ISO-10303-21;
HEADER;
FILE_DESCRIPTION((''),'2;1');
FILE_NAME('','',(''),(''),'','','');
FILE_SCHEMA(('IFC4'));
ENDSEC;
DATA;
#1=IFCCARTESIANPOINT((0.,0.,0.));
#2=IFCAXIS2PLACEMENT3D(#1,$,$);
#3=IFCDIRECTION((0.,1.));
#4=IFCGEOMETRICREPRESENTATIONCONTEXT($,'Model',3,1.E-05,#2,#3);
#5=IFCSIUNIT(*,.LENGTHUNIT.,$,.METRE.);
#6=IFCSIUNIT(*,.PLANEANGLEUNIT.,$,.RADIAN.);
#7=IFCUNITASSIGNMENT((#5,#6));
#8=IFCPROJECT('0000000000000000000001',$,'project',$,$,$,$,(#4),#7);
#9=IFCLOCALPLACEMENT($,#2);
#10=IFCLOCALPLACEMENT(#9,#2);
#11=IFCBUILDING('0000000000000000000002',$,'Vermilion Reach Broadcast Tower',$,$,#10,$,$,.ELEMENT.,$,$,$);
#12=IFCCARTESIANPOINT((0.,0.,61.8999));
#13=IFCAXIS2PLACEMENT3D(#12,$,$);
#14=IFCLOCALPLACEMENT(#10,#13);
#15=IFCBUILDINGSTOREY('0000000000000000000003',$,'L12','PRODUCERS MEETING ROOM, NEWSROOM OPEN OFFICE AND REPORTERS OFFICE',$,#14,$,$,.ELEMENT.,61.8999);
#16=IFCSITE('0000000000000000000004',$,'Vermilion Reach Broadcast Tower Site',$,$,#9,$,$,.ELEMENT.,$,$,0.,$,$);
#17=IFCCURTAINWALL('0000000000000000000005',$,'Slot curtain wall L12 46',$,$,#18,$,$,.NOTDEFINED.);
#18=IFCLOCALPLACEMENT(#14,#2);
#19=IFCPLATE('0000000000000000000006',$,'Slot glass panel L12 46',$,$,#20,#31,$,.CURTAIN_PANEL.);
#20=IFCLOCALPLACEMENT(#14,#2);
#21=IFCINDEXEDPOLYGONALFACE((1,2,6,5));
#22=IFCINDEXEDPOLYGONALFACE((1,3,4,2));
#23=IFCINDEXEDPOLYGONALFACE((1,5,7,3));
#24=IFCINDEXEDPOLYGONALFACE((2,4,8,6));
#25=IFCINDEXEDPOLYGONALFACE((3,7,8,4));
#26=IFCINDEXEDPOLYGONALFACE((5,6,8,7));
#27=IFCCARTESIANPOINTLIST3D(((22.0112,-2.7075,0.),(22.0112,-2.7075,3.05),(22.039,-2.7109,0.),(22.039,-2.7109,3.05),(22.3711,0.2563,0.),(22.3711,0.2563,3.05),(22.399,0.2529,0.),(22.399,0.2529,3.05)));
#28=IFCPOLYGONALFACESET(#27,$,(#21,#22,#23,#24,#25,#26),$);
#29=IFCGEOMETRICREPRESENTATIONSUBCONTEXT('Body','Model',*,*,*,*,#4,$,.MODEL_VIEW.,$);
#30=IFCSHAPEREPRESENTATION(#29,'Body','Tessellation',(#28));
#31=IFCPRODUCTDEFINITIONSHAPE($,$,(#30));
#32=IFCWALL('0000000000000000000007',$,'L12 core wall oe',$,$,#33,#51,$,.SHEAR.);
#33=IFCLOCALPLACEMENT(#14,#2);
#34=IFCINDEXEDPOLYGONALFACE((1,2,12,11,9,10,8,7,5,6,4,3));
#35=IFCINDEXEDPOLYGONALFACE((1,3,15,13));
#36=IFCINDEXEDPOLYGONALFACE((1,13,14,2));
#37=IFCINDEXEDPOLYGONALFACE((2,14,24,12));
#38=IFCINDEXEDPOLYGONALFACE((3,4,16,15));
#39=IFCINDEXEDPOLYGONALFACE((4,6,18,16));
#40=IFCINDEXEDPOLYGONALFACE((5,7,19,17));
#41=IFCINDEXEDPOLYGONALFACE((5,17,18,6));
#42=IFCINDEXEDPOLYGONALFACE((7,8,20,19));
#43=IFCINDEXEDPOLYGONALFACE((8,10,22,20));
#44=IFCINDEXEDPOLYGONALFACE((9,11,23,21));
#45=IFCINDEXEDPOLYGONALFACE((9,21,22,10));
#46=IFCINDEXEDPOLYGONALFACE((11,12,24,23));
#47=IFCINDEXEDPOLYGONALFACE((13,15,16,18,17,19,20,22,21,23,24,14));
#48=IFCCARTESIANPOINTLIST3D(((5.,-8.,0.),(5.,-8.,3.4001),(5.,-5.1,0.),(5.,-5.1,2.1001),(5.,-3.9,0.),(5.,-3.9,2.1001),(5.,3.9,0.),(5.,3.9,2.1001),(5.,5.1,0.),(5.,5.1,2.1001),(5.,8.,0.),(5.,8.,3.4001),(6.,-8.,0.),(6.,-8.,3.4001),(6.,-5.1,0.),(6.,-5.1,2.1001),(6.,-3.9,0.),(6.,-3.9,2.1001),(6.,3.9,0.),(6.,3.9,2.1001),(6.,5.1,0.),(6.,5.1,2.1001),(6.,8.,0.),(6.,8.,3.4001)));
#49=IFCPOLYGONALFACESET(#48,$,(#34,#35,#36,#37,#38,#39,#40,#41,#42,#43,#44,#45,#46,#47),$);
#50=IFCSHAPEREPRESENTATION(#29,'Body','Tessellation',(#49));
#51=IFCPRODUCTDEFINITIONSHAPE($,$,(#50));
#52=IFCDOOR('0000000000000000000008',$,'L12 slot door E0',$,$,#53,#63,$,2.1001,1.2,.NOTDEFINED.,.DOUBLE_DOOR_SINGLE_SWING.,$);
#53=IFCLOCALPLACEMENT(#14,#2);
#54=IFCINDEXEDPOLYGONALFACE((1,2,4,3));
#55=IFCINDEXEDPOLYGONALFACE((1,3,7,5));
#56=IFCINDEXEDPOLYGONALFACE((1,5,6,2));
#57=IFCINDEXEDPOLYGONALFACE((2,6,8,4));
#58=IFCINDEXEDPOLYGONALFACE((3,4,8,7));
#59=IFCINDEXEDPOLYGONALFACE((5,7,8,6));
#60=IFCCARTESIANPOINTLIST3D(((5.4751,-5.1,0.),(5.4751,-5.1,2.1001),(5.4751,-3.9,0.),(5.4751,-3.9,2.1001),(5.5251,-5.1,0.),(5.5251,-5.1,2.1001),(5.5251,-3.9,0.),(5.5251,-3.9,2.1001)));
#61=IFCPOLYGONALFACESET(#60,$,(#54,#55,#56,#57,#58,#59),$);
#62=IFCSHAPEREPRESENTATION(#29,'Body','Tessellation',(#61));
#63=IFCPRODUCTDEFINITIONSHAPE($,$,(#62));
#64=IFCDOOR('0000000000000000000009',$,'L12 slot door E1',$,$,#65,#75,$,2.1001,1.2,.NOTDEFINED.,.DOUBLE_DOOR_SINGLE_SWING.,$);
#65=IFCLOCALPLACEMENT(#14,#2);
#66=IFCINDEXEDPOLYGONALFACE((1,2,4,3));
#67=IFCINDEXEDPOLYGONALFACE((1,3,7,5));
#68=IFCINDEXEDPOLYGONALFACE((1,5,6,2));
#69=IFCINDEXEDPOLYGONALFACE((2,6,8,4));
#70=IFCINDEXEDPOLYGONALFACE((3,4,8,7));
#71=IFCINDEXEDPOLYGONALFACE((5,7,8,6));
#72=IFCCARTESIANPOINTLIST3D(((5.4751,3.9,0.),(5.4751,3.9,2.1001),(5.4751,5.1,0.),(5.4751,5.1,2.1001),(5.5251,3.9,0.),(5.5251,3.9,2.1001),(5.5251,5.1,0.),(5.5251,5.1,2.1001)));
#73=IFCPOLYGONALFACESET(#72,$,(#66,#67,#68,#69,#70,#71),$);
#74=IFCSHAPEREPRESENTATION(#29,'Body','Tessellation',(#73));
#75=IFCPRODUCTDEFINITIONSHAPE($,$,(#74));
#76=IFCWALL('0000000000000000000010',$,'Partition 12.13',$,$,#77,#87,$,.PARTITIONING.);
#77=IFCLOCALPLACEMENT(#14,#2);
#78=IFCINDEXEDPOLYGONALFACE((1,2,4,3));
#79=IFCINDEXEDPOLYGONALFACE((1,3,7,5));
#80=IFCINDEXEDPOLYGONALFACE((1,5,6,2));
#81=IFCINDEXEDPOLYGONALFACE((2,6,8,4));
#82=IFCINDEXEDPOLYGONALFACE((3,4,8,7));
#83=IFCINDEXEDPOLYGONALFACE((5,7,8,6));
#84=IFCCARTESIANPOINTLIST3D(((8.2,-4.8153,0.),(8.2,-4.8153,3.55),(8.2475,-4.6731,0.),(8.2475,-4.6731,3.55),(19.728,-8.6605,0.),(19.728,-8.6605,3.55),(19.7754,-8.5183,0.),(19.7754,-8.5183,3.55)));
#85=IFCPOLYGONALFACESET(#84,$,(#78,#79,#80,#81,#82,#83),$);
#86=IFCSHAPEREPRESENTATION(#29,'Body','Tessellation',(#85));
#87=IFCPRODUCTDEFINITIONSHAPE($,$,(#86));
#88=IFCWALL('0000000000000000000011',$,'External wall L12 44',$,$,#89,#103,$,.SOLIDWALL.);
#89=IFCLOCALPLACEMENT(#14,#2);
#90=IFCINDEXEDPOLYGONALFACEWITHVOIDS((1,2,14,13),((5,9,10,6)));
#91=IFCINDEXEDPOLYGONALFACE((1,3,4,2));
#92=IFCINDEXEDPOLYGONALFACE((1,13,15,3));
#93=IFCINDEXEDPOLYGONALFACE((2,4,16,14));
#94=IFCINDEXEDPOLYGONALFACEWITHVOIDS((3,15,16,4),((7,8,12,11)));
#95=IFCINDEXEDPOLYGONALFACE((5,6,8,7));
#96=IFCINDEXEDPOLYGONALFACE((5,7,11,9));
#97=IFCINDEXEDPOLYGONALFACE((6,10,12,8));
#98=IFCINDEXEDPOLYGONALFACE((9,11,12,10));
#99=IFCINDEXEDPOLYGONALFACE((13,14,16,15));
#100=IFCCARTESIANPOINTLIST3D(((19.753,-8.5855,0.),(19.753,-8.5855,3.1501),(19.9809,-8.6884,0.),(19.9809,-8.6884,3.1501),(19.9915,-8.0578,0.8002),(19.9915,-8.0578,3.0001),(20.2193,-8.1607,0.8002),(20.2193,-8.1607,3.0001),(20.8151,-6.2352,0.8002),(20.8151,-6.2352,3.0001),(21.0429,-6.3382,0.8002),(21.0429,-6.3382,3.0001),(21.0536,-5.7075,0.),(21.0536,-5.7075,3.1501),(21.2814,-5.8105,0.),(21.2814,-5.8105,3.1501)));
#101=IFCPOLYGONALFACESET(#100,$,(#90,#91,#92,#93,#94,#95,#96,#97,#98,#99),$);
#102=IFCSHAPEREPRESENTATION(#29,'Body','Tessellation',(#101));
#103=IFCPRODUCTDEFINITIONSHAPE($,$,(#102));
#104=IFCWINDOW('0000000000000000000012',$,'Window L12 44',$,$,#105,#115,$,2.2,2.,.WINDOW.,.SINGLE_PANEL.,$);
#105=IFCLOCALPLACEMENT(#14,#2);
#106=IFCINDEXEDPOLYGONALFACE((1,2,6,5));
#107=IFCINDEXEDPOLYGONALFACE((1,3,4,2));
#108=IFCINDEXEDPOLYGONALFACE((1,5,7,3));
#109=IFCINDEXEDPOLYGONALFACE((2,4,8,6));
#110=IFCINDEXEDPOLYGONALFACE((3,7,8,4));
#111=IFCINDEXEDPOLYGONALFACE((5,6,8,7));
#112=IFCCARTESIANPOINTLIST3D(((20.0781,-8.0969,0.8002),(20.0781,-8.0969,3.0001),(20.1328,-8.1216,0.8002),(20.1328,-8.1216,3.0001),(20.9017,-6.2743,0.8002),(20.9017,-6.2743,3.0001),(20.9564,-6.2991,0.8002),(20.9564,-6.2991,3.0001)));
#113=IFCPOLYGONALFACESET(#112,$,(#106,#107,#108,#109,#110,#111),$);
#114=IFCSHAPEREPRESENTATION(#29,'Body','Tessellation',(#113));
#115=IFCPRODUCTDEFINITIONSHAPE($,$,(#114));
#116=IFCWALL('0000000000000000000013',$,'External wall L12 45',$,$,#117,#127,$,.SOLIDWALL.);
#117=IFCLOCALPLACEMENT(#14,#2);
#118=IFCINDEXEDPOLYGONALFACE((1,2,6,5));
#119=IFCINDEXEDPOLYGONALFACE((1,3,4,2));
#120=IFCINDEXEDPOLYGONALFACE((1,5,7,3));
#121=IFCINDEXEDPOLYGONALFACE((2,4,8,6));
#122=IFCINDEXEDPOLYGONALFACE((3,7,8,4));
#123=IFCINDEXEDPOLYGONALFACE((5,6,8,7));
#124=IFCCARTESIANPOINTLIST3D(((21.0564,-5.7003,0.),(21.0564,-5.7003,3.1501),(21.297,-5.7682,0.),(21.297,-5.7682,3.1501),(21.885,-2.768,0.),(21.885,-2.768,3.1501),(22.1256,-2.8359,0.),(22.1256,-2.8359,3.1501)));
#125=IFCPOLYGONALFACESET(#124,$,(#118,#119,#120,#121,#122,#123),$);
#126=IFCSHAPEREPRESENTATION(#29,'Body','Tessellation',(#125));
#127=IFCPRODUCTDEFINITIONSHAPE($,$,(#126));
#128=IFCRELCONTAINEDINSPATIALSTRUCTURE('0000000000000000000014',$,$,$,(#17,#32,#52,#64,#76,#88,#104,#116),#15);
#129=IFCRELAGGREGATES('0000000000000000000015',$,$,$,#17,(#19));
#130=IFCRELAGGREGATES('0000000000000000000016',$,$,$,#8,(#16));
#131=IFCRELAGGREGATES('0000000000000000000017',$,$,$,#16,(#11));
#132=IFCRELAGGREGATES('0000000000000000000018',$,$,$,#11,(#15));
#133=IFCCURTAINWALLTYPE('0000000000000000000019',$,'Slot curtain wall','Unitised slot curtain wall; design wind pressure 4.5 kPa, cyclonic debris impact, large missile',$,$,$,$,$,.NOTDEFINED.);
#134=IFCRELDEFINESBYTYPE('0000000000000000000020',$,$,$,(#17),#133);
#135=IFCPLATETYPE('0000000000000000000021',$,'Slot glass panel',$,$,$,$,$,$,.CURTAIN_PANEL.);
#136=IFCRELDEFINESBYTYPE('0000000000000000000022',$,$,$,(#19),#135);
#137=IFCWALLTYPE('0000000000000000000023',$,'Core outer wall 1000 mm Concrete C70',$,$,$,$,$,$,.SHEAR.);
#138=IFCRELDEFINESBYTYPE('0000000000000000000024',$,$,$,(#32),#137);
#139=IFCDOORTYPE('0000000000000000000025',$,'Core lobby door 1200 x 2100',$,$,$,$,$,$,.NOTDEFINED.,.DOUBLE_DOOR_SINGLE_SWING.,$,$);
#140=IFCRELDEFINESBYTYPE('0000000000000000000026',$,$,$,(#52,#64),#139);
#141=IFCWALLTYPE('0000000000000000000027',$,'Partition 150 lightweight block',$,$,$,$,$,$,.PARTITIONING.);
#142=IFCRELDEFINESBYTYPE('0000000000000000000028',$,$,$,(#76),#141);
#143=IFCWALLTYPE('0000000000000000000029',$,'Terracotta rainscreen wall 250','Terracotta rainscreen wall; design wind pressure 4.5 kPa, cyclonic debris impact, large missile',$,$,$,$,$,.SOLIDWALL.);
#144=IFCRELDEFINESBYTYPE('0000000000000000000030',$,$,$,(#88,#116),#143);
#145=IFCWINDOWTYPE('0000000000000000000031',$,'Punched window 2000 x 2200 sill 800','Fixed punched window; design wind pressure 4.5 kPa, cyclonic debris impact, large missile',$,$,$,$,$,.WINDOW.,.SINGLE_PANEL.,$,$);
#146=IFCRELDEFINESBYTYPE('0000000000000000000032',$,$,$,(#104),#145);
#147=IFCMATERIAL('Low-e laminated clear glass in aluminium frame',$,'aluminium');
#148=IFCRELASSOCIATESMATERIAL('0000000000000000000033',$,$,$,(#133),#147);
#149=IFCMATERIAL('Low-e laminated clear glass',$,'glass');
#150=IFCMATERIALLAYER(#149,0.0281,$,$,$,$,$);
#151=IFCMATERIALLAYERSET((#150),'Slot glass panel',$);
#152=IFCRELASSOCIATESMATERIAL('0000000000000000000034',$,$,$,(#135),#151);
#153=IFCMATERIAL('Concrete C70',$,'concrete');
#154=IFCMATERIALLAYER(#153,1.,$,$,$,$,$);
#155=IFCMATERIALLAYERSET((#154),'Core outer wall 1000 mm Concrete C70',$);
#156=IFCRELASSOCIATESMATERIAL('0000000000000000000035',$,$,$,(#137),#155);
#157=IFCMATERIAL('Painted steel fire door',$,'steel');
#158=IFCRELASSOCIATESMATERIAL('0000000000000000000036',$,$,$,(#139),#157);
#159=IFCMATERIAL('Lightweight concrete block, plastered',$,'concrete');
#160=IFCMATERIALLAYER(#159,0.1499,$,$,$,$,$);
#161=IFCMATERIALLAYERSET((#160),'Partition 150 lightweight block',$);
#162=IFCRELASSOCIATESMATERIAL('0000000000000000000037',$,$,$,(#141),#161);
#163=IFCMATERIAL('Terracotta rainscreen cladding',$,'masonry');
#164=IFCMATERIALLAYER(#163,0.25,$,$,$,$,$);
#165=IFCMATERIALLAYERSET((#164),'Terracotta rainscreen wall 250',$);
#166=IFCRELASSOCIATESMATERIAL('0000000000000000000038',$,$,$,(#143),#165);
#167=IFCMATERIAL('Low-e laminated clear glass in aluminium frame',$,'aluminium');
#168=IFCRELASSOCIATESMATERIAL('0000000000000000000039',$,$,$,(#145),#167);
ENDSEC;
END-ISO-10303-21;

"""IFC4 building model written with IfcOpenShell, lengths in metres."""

from ifc_helpers import new_model, si_unit, direction, frame, frame_2d, origin, origin_2d, place, context, subcontext, project, spatial, rectangle, extrude, material, layer, layer_set, type_object, element, fill, aggregate, save


model = new_model("IFC4")

# Units and contexts
model_context = context("Model", 3, precision=1e-05, world=origin(), true_north=direction((0.0, 1.0)))
body_context = subcontext(model_context, "Body", "Model", "MODEL_VIEW")
ifc_project = project(units=[si_unit("LENGTHUNIT", "METRE"), si_unit("PLANEANGLEUNIT", "RADIAN")], contexts=[model_context])

# Site, building, storey
site_placement = place(None, origin())
site = spatial("IfcSite", under=ifc_project, at=site_placement, Name="Vermilion Reach Broadcast Tower Site", CompositionType="ELEMENT", RefElevation=0.0)
building_placement = place(site_placement, origin())
building = spatial("IfcBuilding", under=site, at=building_placement, Name="Vermilion Reach Broadcast Tower", CompositionType="ELEMENT")
storey_placement = place(building_placement, frame((0.0, 0.0, 61.8999)))
storey = spatial("IfcBuildingStorey", under=building, at=storey_placement, Name="L12", Description="PRODUCERS MEETING ROOM, NEWSROOM OPEN OFFICE AND REPORTERS OFFICE", CompositionType="ELEMENT", Elevation=61.8999)

# Curtain wall, plate
ifc_material_1 = material(Name="Low-e laminated clear glass in aluminium frame", Category="aluminium")
curtain_wall_type = type_object("IfcCurtainWallType", Name="Slot curtain wall", Description="Unitised slot curtain wall; design wind pressure 4.5 kPa, cyclonic debris impact, large missile", PredefinedType="NOTDEFINED", material=ifc_material_1)
curtain_wall_placement = place(storey_placement, origin())
curtain_wall = element("IfcCurtainWall", 1, at=curtain_wall_placement, inside=storey, type_object=curtain_wall_type, Name="Slot curtain wall L12 46", PredefinedType="NOTDEFINED")
ifc_material_2 = material(Name="Low-e laminated clear glass", Category="glass")
ifc_layer_1 = layer(ifc_material_2, 0.0281)
ifc_layer_set_1 = layer_set([ifc_layer_1], Name="Slot glass panel")
plate_type = type_object("IfcPlateType", Name="Slot glass panel", PredefinedType="CURTAIN_PANEL", material=ifc_layer_set_1)
plate_placement = place(storey_placement, frame((22.2051, -1.2273, 0.0), z_axis=(0.0, 0.0, 1.0), x_axis=(0.120562, 0.992706, 0.0)))
plate = element("IfcPlate", 2, at=plate_placement, type_object=plate_type, Name="Slot glass panel L12 46", PredefinedType="CURTAIN_PANEL", context=body_context, shape_type="SweptSolid", body=[
    extrude(rectangle(XDim=2.9856, YDim=0.0281, at=origin_2d()), origin(), (0.0, 0.0, 1.0), 3.05),
])
aggregate(curtain_wall, [plate])

# Wall, openings, doors
ifc_material_3 = material(Name="Concrete C70", Category="concrete")
ifc_layer_2 = layer(ifc_material_3, 1.0)
ifc_layer_set_2 = layer_set([ifc_layer_2], Name="Core outer wall 1000 mm Concrete C70")
wall_type_1 = type_object("IfcWallType", Name="Core outer wall 1000 mm Concrete C70", PredefinedType="SHEAR", material=ifc_layer_set_2)
wall_1_placement = place(storey_placement, frame((5.5, -8.0, 0.0), z_axis=(0.0, 0.0, 1.0), x_axis=(0.0, 1.0, 0.0)))
wall_1 = element("IfcWall", 3, at=wall_1_placement, inside=storey, type_object=wall_type_1, Name="L12 core wall oe", PredefinedType="SHEAR", context=body_context, shape_type="SweptSolid", body=[
    extrude(rectangle(XDim=16.0, YDim=1.0, at=frame_2d((8.0, 0.0))), origin(), (0.0, 0.0, 1.0), 3.4001),
])
opening_1_placement = place(wall_1_placement, frame((2.8999, 0.0, 0.0)))
opening_1 = element("IfcOpeningElement", 4, at=opening_1_placement, cuts=wall_1, PredefinedType="OPENING", context=body_context, shape_type="SweptSolid", body=[
    extrude(rectangle(XDim=1.2, YDim=2.1001, at=frame_2d((0.6001, 1.05))), frame((0.0, 0.51, 0.0), z_axis=(0.0, -1.0, 0.0), x_axis=(1.0, 0.0, 0.0)), (0.0, 0.0, 1.0), 1.02),
])
opening_2_placement = place(wall_1_placement, frame((11.8999, 0.0, 0.0)))
opening_2 = element("IfcOpeningElement", 5, at=opening_2_placement, cuts=wall_1, PredefinedType="OPENING", context=body_context, shape_type="SweptSolid", body=[
    extrude(rectangle(XDim=1.2, YDim=2.1001, at=frame_2d((0.6001, 1.05))), frame((0.0, 0.51, 0.0), z_axis=(0.0, -1.0, 0.0), x_axis=(1.0, 0.0, 0.0)), (0.0, 0.0, 1.0), 1.02),
])
ifc_material_4 = material(Name="Painted steel fire door", Category="steel")
door_type = type_object("IfcDoorType", Name="Core lobby door 1200 x 2100", OperationType="DOUBLE_DOOR_SINGLE_SWING", PredefinedType="NOTDEFINED", material=ifc_material_4)
door_1_placement = place(opening_1_placement, origin())
door_1 = element("IfcDoor", 6, at=door_1_placement, inside=storey, type_object=door_type, Name="L12 slot door E0", OperationType="DOUBLE_DOOR_SINGLE_SWING", OverallHeight=2.1001, OverallWidth=1.2, PredefinedType="NOTDEFINED", context=body_context, shape_type="SweptSolid", body=[
    extrude(rectangle(XDim=1.2, YDim=2.1001, at=frame_2d((0.6001, 1.05))), frame((0.0, 0.0249, 0.0), z_axis=(0.0, -1.0, 0.0), x_axis=(1.0, 0.0, 0.0)), (0.0, 0.0, 1.0), 0.05),
])
fill(opening_1, door_1)
door_2_placement = place(opening_2_placement, origin())
door_2 = element("IfcDoor", 7, at=door_2_placement, inside=storey, type_object=door_type, Name="L12 slot door E1", OperationType="DOUBLE_DOOR_SINGLE_SWING", OverallHeight=2.1001, OverallWidth=1.2, PredefinedType="NOTDEFINED", context=body_context, shape_type="SweptSolid", body=[
    extrude(rectangle(XDim=1.2, YDim=2.1001, at=frame_2d((0.6001, 1.05))), frame((0.0, 0.0249, 0.0), z_axis=(0.0, -1.0, 0.0), x_axis=(1.0, 0.0, 0.0)), (0.0, 0.0, 1.0), 0.05),
])
fill(opening_2, door_2)

# Wall
ifc_material_5 = material(Name="Lightweight concrete block, plastered", Category="concrete")
ifc_layer_3 = layer(ifc_material_5, 0.1499)
ifc_layer_set_3 = layer_set([ifc_layer_3], Name="Partition 150 lightweight block")
wall_type_2 = type_object("IfcWallType", Name="Partition 150 lightweight block", PredefinedType="PARTITIONING", material=ifc_layer_set_3)
wall_2_placement = place(storey_placement, frame((19.7517, -8.5894, 0.0), z_axis=(0.0, 0.0, 1.0), x_axis=(-0.948621, 0.316415, 0.0)))
element("IfcWall", 8, at=wall_2_placement, inside=storey, type_object=wall_type_2, Name="Partition 12.13", PredefinedType="PARTITIONING", context=body_context, shape_type="SweptSolid", body=[
    extrude(rectangle(XDim=12.1523, YDim=0.1499, at=frame_2d((6.0762, 0.0))), origin(), (0.0, 0.0, 1.0), 3.55),
])

# Wall, opening, window
ifc_material_6 = material(Name="Terracotta rainscreen cladding", Category="masonry")
ifc_layer_4 = layer(ifc_material_6, 0.25)
ifc_layer_set_4 = layer_set([ifc_layer_4], Name="Terracotta rainscreen wall 250")
wall_type_3 = type_object("IfcWallType", Name="Terracotta rainscreen wall 250", Description="Terracotta rainscreen wall; design wind pressure 4.5 kPa, cyclonic debris impact, large missile", PredefinedType="SOLIDWALL", material=ifc_layer_set_4)
wall_3_placement = place(storey_placement, frame((19.8669, -8.637, 0.0), z_axis=(0.0, 0.0, 1.0), x_axis=(0.411804, 0.911272, 0.0)))
wall_3 = element("IfcWall", 9, at=wall_3_placement, inside=storey, type_object=wall_type_3, Name="External wall L12 44", PredefinedType="SOLIDWALL", context=body_context, shape_type="SweptSolid", body=[
    extrude(rectangle(XDim=3.1582, YDim=0.25, at=frame_2d((1.5791, 0.0))), origin(), (0.0, 0.0, 1.0), 3.1501),
])
opening_3_placement = place(wall_3_placement, frame((0.5791, 0.0, 0.8)))
opening_3 = element("IfcOpeningElement", 10, at=opening_3_placement, cuts=wall_3, PredefinedType="OPENING", context=body_context, shape_type="SweptSolid", body=[
    extrude(rectangle(XDim=2.0, YDim=2.2, at=frame_2d((1.0, 1.1001))), frame((0.0, 0.135, 0.0), z_axis=(0.0, -1.0, 0.0), x_axis=(1.0, 0.0, 0.0)), (0.0, 0.0, 1.0), 0.27),
])
ifc_material_7 = material(Name="Low-e laminated clear glass in aluminium frame", Category="aluminium")
window_type = type_object("IfcWindowType", Name="Punched window 2000 x 2200 sill 800", Description="Fixed punched window; design wind pressure 4.5 kPa, cyclonic debris impact, large missile", PartitioningType="SINGLE_PANEL", PredefinedType="WINDOW", material=ifc_material_7)
window_placement = place(opening_3_placement, origin())
window = element("IfcWindow", 11, at=window_placement, inside=storey, type_object=window_type, Name="Window L12 44", OverallHeight=2.2, OverallWidth=2.0, PartitioningType="SINGLE_PANEL", PredefinedType="WINDOW", context=body_context, shape_type="SweptSolid", body=[
    extrude(rectangle(XDim=2.0, YDim=2.2, at=frame_2d((1.0, 1.1001))), frame((0.0, 0.03, 0.0), z_axis=(0.0, -1.0, 0.0), x_axis=(1.0, 0.0, 0.0)), (0.0, 0.0, 1.0), 0.0601),
])
fill(opening_3, window)

# Wall
wall_4_placement = place(storey_placement, frame((21.1768, -5.7341, 0.0), z_axis=(0.0, 0.0, 1.0), x_axis=(0.271926, 0.962318, 0.0)))
element("IfcWall", 12, at=wall_4_placement, inside=storey, type_object=wall_type_3, Name="External wall L12 45", PredefinedType="SOLIDWALL", context=body_context, shape_type="SweptSolid", body=[
    extrude(rectangle(XDim=3.0471, YDim=0.25, at=frame_2d((1.5234, 0.0))), origin(), (0.0, 0.0, 1.0), 3.1501),
])

save(model, "model.ifc")
